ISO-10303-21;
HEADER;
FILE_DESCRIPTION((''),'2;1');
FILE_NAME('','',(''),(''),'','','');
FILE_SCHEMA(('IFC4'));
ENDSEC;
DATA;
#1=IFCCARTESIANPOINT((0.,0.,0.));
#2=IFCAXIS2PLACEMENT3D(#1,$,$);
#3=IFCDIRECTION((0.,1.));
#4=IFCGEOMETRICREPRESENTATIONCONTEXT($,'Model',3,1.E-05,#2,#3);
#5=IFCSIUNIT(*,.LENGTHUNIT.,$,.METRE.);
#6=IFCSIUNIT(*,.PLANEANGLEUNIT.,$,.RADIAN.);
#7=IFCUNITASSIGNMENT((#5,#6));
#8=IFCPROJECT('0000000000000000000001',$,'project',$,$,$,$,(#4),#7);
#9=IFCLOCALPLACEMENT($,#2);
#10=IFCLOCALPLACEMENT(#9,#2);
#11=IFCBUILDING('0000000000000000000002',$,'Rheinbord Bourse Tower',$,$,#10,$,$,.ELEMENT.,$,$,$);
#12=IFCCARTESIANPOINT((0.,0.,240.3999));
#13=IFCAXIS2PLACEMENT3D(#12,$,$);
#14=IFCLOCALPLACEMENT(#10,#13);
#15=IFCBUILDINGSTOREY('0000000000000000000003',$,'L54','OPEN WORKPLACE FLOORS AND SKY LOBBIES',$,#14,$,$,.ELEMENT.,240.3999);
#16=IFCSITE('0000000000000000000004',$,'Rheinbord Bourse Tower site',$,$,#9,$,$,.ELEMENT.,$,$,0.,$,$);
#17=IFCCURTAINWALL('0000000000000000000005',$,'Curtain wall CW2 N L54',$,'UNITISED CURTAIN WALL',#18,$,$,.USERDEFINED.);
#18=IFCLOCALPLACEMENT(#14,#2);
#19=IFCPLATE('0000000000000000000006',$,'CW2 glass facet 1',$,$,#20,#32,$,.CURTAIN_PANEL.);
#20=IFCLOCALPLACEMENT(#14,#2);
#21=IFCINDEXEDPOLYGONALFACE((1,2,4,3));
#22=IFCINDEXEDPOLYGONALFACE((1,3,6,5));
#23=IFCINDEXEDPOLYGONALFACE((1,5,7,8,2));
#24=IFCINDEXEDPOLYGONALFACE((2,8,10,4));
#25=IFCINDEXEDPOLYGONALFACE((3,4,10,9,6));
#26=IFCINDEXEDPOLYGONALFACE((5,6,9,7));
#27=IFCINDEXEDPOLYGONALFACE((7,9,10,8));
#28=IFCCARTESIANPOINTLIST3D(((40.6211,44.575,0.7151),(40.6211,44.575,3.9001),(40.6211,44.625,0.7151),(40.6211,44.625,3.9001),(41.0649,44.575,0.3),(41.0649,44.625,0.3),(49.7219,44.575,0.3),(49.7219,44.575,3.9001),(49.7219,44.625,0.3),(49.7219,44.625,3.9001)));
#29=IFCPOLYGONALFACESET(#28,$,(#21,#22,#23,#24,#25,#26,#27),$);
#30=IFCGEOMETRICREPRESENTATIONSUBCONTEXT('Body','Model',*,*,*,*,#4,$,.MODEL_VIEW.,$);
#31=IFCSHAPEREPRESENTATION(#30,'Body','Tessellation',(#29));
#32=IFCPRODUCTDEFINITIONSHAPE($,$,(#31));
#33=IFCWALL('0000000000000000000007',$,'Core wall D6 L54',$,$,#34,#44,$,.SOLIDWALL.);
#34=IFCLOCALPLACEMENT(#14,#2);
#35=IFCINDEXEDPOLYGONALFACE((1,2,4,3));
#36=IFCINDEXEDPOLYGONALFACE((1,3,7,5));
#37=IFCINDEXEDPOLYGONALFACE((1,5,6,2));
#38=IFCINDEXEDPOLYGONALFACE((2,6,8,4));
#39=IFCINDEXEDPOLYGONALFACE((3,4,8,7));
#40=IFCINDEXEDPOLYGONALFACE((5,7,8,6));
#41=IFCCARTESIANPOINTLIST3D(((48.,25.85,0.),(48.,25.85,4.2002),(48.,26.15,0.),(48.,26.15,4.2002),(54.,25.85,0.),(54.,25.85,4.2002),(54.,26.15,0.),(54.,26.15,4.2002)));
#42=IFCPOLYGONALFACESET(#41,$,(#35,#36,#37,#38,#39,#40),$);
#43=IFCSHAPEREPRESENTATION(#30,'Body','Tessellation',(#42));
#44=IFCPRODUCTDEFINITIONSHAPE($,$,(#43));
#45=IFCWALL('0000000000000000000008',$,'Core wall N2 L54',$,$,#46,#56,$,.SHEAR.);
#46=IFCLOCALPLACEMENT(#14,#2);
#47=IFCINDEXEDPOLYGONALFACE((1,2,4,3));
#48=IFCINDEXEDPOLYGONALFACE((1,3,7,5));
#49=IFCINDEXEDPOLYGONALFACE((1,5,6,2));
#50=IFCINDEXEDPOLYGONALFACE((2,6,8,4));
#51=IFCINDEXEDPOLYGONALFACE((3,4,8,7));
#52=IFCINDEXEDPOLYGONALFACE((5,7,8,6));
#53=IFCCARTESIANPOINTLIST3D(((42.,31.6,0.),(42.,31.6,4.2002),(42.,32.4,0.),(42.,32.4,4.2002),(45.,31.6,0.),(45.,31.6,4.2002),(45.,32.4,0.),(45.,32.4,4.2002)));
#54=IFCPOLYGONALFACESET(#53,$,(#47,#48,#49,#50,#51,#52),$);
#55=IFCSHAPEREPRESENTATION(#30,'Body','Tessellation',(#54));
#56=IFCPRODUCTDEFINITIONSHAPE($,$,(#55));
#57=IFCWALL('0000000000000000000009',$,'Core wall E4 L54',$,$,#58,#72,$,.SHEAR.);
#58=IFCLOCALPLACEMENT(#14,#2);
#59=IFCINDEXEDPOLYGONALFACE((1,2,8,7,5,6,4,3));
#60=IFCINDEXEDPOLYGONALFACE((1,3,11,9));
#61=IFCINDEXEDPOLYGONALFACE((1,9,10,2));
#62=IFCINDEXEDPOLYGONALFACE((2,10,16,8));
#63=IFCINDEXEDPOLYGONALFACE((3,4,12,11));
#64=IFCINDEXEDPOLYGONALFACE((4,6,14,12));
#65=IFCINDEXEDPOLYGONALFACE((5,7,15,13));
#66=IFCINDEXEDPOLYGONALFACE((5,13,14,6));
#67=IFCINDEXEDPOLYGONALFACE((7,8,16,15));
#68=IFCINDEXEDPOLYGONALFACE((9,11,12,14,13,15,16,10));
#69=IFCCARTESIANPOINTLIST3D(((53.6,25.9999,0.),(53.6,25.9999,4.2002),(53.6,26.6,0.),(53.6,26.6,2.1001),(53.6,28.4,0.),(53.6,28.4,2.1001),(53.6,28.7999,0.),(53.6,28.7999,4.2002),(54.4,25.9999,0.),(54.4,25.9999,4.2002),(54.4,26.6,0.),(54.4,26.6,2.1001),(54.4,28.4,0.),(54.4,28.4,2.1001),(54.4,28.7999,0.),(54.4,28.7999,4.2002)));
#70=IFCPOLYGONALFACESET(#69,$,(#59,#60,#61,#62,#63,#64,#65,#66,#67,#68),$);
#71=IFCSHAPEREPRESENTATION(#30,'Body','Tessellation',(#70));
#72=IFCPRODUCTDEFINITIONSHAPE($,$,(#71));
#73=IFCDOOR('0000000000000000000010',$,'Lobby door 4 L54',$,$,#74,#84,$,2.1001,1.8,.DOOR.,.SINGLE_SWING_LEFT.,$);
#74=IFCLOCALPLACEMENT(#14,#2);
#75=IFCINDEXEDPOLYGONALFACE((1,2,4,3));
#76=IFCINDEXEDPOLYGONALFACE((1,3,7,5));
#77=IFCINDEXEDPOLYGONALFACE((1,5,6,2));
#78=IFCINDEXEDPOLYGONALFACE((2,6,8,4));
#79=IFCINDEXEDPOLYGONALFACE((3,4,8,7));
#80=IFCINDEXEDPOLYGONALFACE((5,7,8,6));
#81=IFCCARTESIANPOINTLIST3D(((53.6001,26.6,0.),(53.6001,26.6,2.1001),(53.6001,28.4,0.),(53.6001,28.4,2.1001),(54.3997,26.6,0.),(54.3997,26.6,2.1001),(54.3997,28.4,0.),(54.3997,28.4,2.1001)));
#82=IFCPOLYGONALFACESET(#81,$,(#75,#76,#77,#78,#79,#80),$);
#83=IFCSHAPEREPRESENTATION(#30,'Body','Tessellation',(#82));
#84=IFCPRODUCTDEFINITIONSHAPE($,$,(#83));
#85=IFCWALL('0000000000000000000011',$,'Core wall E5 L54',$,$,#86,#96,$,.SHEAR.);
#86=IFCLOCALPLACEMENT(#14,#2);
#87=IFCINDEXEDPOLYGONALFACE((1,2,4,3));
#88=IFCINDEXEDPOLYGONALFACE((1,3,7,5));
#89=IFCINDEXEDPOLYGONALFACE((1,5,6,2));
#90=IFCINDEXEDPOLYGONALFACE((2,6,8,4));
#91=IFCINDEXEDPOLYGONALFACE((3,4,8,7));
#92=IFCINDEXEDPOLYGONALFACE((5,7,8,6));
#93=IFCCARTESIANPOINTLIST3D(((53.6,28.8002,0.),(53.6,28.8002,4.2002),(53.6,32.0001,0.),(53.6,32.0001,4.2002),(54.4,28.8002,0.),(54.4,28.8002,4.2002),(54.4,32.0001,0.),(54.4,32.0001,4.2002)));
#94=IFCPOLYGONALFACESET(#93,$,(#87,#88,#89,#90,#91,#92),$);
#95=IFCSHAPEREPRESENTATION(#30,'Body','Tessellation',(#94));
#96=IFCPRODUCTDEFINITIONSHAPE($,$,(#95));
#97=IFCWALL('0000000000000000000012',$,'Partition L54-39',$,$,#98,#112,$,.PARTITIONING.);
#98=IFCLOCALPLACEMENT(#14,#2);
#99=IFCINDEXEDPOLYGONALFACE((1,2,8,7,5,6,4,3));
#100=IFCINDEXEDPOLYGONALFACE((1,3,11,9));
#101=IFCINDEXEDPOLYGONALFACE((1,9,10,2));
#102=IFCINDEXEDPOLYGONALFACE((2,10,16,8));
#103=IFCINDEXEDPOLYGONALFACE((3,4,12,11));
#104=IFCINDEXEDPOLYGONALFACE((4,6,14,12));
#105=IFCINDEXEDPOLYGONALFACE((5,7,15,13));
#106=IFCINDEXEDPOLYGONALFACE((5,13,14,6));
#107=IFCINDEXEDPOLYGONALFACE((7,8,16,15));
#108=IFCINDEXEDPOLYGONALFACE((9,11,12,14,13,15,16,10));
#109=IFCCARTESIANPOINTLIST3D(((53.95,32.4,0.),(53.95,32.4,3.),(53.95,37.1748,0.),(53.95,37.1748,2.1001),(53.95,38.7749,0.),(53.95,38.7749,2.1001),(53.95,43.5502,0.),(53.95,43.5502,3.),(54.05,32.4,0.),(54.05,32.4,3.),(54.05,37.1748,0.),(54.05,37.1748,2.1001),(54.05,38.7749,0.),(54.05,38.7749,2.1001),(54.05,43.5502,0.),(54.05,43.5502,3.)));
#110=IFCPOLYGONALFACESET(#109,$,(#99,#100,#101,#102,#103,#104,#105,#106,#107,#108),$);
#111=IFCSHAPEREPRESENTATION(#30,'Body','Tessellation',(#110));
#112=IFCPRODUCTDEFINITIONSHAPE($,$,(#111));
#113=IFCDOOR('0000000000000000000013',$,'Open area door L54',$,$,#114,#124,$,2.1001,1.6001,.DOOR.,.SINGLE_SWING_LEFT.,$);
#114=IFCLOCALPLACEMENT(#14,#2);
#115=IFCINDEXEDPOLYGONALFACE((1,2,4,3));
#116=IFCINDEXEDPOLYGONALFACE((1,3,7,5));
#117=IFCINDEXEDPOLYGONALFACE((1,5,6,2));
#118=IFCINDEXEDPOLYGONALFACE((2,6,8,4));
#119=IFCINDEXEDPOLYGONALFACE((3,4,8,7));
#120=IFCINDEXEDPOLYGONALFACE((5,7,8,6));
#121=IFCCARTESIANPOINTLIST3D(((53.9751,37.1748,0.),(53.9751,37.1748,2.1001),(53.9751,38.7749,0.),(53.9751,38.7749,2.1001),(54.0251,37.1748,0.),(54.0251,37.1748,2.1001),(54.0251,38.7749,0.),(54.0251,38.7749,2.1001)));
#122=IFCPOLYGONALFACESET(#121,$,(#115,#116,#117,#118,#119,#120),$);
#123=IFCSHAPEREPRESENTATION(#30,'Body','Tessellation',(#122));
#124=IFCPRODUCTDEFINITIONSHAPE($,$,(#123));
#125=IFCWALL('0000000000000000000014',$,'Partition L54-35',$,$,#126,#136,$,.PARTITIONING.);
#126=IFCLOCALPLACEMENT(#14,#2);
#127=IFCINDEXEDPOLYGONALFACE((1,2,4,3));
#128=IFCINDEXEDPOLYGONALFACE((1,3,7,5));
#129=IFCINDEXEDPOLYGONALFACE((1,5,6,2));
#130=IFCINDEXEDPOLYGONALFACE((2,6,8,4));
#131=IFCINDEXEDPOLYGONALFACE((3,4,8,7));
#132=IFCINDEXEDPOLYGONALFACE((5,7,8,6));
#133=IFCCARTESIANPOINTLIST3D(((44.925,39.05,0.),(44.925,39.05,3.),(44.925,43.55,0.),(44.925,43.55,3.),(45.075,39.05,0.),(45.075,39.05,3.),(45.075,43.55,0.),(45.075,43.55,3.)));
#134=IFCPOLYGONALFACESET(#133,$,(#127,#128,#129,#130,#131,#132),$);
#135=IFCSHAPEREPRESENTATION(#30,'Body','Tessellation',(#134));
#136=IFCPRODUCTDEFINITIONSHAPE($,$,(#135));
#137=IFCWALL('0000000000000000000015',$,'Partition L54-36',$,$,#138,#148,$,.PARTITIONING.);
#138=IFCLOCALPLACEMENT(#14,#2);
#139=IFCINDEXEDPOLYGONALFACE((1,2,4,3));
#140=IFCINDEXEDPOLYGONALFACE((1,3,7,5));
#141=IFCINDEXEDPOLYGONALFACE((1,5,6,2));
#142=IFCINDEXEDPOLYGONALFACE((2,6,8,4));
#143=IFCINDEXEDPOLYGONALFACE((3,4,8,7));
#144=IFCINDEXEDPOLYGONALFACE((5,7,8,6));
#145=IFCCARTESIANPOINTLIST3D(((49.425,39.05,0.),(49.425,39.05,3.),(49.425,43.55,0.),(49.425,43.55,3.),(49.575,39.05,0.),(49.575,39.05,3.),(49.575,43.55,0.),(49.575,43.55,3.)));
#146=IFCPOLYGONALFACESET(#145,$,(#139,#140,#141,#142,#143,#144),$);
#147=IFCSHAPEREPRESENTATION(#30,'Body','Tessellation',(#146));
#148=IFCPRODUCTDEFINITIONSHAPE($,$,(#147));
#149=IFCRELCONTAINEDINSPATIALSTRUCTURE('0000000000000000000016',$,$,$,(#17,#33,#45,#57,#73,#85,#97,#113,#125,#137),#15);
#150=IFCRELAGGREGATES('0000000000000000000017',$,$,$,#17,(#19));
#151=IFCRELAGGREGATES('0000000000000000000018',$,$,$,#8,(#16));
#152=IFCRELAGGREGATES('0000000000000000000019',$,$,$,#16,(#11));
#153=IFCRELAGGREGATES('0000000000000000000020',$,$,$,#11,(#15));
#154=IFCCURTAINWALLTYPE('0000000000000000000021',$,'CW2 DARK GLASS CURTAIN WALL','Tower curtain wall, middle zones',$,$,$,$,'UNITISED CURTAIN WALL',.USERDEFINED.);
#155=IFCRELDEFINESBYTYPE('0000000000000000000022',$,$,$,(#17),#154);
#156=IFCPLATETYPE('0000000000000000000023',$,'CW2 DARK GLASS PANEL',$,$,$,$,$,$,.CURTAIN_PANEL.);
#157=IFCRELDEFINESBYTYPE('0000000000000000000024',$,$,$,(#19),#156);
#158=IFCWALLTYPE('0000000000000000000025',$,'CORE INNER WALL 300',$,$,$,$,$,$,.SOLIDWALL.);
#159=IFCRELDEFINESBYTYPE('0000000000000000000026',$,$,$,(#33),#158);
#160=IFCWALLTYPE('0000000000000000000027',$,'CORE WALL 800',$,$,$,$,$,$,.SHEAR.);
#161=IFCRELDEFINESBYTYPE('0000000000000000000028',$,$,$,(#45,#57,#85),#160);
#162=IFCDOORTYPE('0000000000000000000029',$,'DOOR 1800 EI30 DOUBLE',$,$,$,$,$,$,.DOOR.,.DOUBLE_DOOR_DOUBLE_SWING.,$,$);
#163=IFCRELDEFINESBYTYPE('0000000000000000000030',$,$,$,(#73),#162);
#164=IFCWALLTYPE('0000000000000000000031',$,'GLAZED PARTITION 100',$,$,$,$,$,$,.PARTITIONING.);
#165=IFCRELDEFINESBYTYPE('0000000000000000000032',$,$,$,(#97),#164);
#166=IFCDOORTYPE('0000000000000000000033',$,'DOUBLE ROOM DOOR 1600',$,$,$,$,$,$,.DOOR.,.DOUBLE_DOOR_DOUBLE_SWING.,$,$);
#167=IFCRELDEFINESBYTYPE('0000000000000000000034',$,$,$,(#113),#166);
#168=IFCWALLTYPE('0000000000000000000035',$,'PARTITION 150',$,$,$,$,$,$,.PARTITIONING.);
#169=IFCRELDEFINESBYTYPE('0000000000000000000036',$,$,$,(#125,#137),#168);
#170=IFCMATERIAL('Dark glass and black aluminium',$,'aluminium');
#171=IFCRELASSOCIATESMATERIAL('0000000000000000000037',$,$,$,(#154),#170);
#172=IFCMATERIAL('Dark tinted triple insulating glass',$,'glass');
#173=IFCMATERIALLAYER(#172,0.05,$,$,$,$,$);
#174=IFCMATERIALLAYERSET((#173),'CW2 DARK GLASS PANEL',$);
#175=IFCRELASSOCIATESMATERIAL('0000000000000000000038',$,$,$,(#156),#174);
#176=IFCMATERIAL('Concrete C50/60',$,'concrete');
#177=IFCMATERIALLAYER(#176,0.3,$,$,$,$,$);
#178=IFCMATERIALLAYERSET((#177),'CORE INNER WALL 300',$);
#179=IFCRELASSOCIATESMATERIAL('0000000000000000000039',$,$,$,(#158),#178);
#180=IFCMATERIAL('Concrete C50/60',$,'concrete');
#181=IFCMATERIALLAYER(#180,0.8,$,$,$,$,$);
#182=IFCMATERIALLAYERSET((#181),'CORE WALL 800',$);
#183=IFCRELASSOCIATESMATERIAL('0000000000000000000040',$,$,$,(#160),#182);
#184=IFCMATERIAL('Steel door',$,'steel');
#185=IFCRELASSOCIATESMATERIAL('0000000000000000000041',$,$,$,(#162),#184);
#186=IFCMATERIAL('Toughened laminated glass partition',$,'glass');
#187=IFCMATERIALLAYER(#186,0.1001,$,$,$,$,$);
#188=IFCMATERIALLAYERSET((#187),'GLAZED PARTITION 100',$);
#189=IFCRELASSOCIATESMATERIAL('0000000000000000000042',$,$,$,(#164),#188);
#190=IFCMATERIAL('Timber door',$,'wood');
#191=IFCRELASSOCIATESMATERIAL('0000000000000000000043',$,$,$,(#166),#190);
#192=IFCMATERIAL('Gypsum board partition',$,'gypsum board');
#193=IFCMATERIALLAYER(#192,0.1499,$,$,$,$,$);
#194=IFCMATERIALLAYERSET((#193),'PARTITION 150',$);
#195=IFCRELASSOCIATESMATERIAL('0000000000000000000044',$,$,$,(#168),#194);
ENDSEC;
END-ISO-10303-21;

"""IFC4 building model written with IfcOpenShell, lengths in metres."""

from ifc_helpers import new_model, si_unit, direction, frame, frame_2d, origin, place, context, subcontext, project, spatial, polyline, rectangle, outline, extrude, material, layer, layer_set, type_object, element, fill, aggregate, save


model = new_model("IFC4")

# Units and contexts
model_context = context("Model", 3, precision=1e-05, world=origin(), true_north=direction((0.0, 1.0)))
body_context = subcontext(model_context, "Body", "Model", "MODEL_VIEW")
ifc_project = project(units=[si_unit("LENGTHUNIT", "METRE"), si_unit("PLANEANGLEUNIT", "RADIAN")], contexts=[model_context])

# Site, building, storey
site_placement = place(None, origin())
site = spatial("IfcSite", under=ifc_project, at=site_placement, Name="Rheinbord Bourse Tower site", CompositionType="ELEMENT", RefElevation=0.0)
building_placement = place(site_placement, origin())
building = spatial("IfcBuilding", under=site, at=building_placement, Name="Rheinbord Bourse Tower", CompositionType="ELEMENT")
storey_placement = place(building_placement, frame((0.0, 0.0, 240.3999)))
storey = spatial("IfcBuildingStorey", under=building, at=storey_placement, Name="L54", Description="OPEN WORKPLACE FLOORS AND SKY LOBBIES", CompositionType="ELEMENT", Elevation=240.3999)

# Curtain wall
ifc_material_1 = material(Name="Dark glass and black aluminium", Category="aluminium")
curtain_wall_type = type_object("IfcCurtainWallType", Name="CW2 DARK GLASS CURTAIN WALL", Description="Tower curtain wall, middle zones", ElementType="UNITISED CURTAIN WALL", PredefinedType="USERDEFINED", material=ifc_material_1)
curtain_wall_placement = place(storey_placement, origin())
curtain_wall = element("IfcCurtainWall", 1, at=curtain_wall_placement, inside=storey, type_object=curtain_wall_type, Name="Curtain wall CW2 N L54", ObjectType="UNITISED CURTAIN WALL", PredefinedType="USERDEFINED")

# Plate
ifc_material_2 = material(Name="Dark tinted triple insulating glass", Category="glass")
ifc_layer_1 = layer(ifc_material_2, 0.05)
ifc_layer_set_1 = layer_set([ifc_layer_1], Name="CW2 DARK GLASS PANEL")
plate_type = type_object("IfcPlateType", Name="CW2 DARK GLASS PANEL", PredefinedType="CURTAIN_PANEL", material=ifc_layer_set_1)
plate_1_placement = place(storey_placement, frame((49.7219, 44.625, 0.3), z_axis=(0.0, -1.0, 0.0), x_axis=(0.0, 0.0, 1.0)))
plate_1 = element("IfcPlate", 2, at=plate_1_placement, type_object=plate_type, Name="CW2 glass facet 1", PredefinedType="CURTAIN_PANEL", context=body_context, shape_type="SweptSolid", body=[
    extrude(outline(polyline([(0.0, 0.0), (3.6001, 0.0), (3.6001, 9.1008), (0.415, 9.1008), (0.0, 8.657), (0.0, 0.0)])), origin(), (0.0, 0.0, 1.0), 0.05),
])
aggregate(curtain_wall, [plate_1])

# Walls
ifc_material_3 = material(Name="Concrete C50/60", Category="concrete")
ifc_layer_2 = layer(ifc_material_3, 0.3)
ifc_layer_set_2 = layer_set([ifc_layer_2], Name="CORE INNER WALL 300")
wall_type_1 = type_object("IfcWallType", Name="CORE INNER WALL 300", PredefinedType="SOLIDWALL", material=ifc_layer_set_2)
wall_1_placement = place(storey_placement, frame((48.0, 26.0, 0.0), z_axis=(0.0, 0.0, 1.0), x_axis=(1.0, 0.0, 0.0)))
element("IfcWall", 3, at=wall_1_placement, inside=storey, type_object=wall_type_1, Name="Core wall D6 L54", PredefinedType="SOLIDWALL", context=body_context, shape_type="SweptSolid", body=[
    extrude(rectangle(XDim=6.0, YDim=0.3, at=frame_2d((3.0, 0.0))), origin(), (0.0, 0.0, 1.0), 4.2002),
])
ifc_material_4 = material(Name="Concrete C50/60", Category="concrete")
ifc_layer_3 = layer(ifc_material_4, 0.8)
ifc_layer_set_3 = layer_set([ifc_layer_3], Name="CORE WALL 800")
wall_type_2 = type_object("IfcWallType", Name="CORE WALL 800", PredefinedType="SHEAR", material=ifc_layer_set_3)
wall_2_placement = place(storey_placement, frame((45.0, 32.0, 0.0), z_axis=(0.0, 0.0, 1.0), x_axis=(-1.0, 0.0, 0.0)))
element("IfcWall", 4, at=wall_2_placement, inside=storey, type_object=wall_type_2, Name="Core wall N2 L54", PredefinedType="SHEAR", context=body_context, shape_type="SweptSolid", body=[
    extrude(rectangle(XDim=3.0, YDim=0.8, at=frame_2d((1.5, 0.0))), origin(), (0.0, 0.0, 1.0), 4.2002),
])

# Wall, opening, door
wall_3_placement = place(storey_placement, frame((54.0, 26.0, 0.0), z_axis=(0.0, 0.0, 1.0), x_axis=(0.0, 1.0, 0.0)))
wall_3 = element("IfcWall", 5, at=wall_3_placement, inside=storey, type_object=wall_type_2, Name="Core wall E4 L54", PredefinedType="SHEAR", context=body_context, shape_type="SweptSolid", body=[
    extrude(rectangle(XDim=2.8, YDim=0.8, at=frame_2d((1.3999, 0.0))), origin(), (0.0, 0.0, 1.0), 4.2002),
])
opening_1_placement = place(wall_3_placement, frame((0.6001, 0.0, 0.0)))
opening_1 = element("IfcOpeningElement", 6, at=opening_1_placement, cuts=wall_3, PredefinedType="OPENING", context=body_context, shape_type="SweptSolid", body=[
    extrude(rectangle(XDim=1.8, YDim=2.1001, at=frame_2d((0.8999, 1.05))), frame((0.0, 0.4099, 0.0), z_axis=(0.0, -1.0, 0.0), x_axis=(1.0, 0.0, 0.0)), (0.0, 0.0, 1.0), 0.8201),
])
ifc_material_5 = material(Name="Steel door", Category="steel")
door_type_1 = type_object("IfcDoorType", Name="DOOR 1800 EI30 DOUBLE", OperationType="DOUBLE_DOOR_DOUBLE_SWING", PredefinedType="DOOR", material=ifc_material_5)
door_1_placement = place(opening_1_placement, origin())
door_1 = element("IfcDoor", 7, at=door_1_placement, inside=storey, type_object=door_type_1, Name="Lobby door 4 L54", OperationType="SINGLE_SWING_LEFT", OverallHeight=2.1001, OverallWidth=1.8, PredefinedType="DOOR", context=body_context, shape_type="SweptSolid", body=[
    extrude(rectangle(XDim=1.8, YDim=2.1001, at=frame_2d((0.8999, 1.05))), frame((0.0, 0.3999, 0.0), z_axis=(0.0, -1.0, 0.0), x_axis=(1.0, 0.0, 0.0)), (0.0, 0.0, 1.0), 0.7996),
])
fill(opening_1, door_1)

# Wall
wall_4_placement = place(storey_placement, frame((54.0, 28.8, 0.0), z_axis=(0.0, 0.0, 1.0), x_axis=(0.0, 1.0, 0.0)))
element("IfcWall", 8, at=wall_4_placement, inside=storey, type_object=wall_type_2, Name="Core wall E5 L54", PredefinedType="SHEAR", context=body_context, shape_type="SweptSolid", body=[
    extrude(rectangle(XDim=3.2, YDim=0.8, at=frame_2d((1.6001, 0.0))), origin(), (0.0, 0.0, 1.0), 4.2002),
])

# Wall, opening, door
ifc_material_6 = material(Name="Toughened laminated glass partition", Category="glass")
ifc_layer_4 = layer(ifc_material_6, 0.1001)
ifc_layer_set_4 = layer_set([ifc_layer_4], Name="GLAZED PARTITION 100")
wall_type_3 = type_object("IfcWallType", Name="GLAZED PARTITION 100", PredefinedType="PARTITIONING", material=ifc_layer_set_4)
wall_5_placement = place(storey_placement, frame((54.0, 32.3999, 0.0), z_axis=(0.0, 0.0, 1.0), x_axis=(0.0, 1.0, 0.0)))
wall_5 = element("IfcWall", 9, at=wall_5_placement, inside=storey, type_object=wall_type_3, Name="Partition L54-39", PredefinedType="PARTITIONING", context=body_context, shape_type="SweptSolid", body=[
    extrude(rectangle(XDim=11.1501, YDim=0.1001, at=frame_2d((5.5752, 0.0))), origin(), (0.0, 0.0, 1.0), 3.0),
])
opening_2_placement = place(wall_5_placement, frame((4.7749, 0.0, 0.0)))
opening_2 = element("IfcOpeningElement", 10, at=opening_2_placement, cuts=wall_5, PredefinedType="OPENING", context=body_context, shape_type="SweptSolid", body=[
    extrude(rectangle(XDim=1.6001, YDim=2.1001, at=frame_2d((0.8, 1.05))), frame((0.0, 0.0601, 0.0), z_axis=(0.0, -1.0, 0.0), x_axis=(1.0, 0.0, 0.0)), (0.0, 0.0, 1.0), 0.1201),
])
ifc_material_7 = material(Name="Timber door", Category="wood")
door_type_2 = type_object("IfcDoorType", Name="DOUBLE ROOM DOOR 1600", OperationType="DOUBLE_DOOR_DOUBLE_SWING", PredefinedType="DOOR", material=ifc_material_7)
door_2_placement = place(opening_2_placement, origin())
door_2 = element("IfcDoor", 11, at=door_2_placement, inside=storey, type_object=door_type_2, Name="Open area door L54", OperationType="SINGLE_SWING_LEFT", OverallHeight=2.1001, OverallWidth=1.6001, PredefinedType="DOOR", context=body_context, shape_type="SweptSolid", body=[
    extrude(rectangle(XDim=1.6001, YDim=2.1001, at=frame_2d((0.8, 1.05))), frame((0.0, 0.0249, 0.0), z_axis=(0.0, -1.0, 0.0), x_axis=(1.0, 0.0, 0.0)), (0.0, 0.0, 1.0), 0.05),
])
fill(opening_2, door_2)

# Walls
ifc_material_8 = material(Name="Gypsum board partition", Category="gypsum board")
ifc_layer_5 = layer(ifc_material_8, 0.1499)
ifc_layer_set_5 = layer_set([ifc_layer_5], Name="PARTITION 150")
wall_type_4 = type_object("IfcWallType", Name="PARTITION 150", PredefinedType="PARTITIONING", material=ifc_layer_set_5)
for number, where, z_axis, x_axis, name in (
    (12, (45.0, 39.05, 0.0), (0.0, 0.0, 1.0), (0.0, 1.0, 0.0), "Partition L54-35"),
    (13, (49.5, 39.05, 0.0), (0.0, 0.0, 1.0), (0.0, 1.0, 0.0), "Partition L54-36"),
):
    element("IfcWall", number, at=place(storey_placement, frame(where, z_axis=z_axis, x_axis=x_axis)), inside=storey, type_object=wall_type_4, Name=name, PredefinedType="PARTITIONING", context=body_context, shape_type="SweptSolid", body=[
        extrude(rectangle(XDim=4.5, YDim=0.1499, at=frame_2d((2.25, 0.0))), origin(), (0.0, 0.0, 1.0), 3.0),
    ])

save(model, "model.ifc")
